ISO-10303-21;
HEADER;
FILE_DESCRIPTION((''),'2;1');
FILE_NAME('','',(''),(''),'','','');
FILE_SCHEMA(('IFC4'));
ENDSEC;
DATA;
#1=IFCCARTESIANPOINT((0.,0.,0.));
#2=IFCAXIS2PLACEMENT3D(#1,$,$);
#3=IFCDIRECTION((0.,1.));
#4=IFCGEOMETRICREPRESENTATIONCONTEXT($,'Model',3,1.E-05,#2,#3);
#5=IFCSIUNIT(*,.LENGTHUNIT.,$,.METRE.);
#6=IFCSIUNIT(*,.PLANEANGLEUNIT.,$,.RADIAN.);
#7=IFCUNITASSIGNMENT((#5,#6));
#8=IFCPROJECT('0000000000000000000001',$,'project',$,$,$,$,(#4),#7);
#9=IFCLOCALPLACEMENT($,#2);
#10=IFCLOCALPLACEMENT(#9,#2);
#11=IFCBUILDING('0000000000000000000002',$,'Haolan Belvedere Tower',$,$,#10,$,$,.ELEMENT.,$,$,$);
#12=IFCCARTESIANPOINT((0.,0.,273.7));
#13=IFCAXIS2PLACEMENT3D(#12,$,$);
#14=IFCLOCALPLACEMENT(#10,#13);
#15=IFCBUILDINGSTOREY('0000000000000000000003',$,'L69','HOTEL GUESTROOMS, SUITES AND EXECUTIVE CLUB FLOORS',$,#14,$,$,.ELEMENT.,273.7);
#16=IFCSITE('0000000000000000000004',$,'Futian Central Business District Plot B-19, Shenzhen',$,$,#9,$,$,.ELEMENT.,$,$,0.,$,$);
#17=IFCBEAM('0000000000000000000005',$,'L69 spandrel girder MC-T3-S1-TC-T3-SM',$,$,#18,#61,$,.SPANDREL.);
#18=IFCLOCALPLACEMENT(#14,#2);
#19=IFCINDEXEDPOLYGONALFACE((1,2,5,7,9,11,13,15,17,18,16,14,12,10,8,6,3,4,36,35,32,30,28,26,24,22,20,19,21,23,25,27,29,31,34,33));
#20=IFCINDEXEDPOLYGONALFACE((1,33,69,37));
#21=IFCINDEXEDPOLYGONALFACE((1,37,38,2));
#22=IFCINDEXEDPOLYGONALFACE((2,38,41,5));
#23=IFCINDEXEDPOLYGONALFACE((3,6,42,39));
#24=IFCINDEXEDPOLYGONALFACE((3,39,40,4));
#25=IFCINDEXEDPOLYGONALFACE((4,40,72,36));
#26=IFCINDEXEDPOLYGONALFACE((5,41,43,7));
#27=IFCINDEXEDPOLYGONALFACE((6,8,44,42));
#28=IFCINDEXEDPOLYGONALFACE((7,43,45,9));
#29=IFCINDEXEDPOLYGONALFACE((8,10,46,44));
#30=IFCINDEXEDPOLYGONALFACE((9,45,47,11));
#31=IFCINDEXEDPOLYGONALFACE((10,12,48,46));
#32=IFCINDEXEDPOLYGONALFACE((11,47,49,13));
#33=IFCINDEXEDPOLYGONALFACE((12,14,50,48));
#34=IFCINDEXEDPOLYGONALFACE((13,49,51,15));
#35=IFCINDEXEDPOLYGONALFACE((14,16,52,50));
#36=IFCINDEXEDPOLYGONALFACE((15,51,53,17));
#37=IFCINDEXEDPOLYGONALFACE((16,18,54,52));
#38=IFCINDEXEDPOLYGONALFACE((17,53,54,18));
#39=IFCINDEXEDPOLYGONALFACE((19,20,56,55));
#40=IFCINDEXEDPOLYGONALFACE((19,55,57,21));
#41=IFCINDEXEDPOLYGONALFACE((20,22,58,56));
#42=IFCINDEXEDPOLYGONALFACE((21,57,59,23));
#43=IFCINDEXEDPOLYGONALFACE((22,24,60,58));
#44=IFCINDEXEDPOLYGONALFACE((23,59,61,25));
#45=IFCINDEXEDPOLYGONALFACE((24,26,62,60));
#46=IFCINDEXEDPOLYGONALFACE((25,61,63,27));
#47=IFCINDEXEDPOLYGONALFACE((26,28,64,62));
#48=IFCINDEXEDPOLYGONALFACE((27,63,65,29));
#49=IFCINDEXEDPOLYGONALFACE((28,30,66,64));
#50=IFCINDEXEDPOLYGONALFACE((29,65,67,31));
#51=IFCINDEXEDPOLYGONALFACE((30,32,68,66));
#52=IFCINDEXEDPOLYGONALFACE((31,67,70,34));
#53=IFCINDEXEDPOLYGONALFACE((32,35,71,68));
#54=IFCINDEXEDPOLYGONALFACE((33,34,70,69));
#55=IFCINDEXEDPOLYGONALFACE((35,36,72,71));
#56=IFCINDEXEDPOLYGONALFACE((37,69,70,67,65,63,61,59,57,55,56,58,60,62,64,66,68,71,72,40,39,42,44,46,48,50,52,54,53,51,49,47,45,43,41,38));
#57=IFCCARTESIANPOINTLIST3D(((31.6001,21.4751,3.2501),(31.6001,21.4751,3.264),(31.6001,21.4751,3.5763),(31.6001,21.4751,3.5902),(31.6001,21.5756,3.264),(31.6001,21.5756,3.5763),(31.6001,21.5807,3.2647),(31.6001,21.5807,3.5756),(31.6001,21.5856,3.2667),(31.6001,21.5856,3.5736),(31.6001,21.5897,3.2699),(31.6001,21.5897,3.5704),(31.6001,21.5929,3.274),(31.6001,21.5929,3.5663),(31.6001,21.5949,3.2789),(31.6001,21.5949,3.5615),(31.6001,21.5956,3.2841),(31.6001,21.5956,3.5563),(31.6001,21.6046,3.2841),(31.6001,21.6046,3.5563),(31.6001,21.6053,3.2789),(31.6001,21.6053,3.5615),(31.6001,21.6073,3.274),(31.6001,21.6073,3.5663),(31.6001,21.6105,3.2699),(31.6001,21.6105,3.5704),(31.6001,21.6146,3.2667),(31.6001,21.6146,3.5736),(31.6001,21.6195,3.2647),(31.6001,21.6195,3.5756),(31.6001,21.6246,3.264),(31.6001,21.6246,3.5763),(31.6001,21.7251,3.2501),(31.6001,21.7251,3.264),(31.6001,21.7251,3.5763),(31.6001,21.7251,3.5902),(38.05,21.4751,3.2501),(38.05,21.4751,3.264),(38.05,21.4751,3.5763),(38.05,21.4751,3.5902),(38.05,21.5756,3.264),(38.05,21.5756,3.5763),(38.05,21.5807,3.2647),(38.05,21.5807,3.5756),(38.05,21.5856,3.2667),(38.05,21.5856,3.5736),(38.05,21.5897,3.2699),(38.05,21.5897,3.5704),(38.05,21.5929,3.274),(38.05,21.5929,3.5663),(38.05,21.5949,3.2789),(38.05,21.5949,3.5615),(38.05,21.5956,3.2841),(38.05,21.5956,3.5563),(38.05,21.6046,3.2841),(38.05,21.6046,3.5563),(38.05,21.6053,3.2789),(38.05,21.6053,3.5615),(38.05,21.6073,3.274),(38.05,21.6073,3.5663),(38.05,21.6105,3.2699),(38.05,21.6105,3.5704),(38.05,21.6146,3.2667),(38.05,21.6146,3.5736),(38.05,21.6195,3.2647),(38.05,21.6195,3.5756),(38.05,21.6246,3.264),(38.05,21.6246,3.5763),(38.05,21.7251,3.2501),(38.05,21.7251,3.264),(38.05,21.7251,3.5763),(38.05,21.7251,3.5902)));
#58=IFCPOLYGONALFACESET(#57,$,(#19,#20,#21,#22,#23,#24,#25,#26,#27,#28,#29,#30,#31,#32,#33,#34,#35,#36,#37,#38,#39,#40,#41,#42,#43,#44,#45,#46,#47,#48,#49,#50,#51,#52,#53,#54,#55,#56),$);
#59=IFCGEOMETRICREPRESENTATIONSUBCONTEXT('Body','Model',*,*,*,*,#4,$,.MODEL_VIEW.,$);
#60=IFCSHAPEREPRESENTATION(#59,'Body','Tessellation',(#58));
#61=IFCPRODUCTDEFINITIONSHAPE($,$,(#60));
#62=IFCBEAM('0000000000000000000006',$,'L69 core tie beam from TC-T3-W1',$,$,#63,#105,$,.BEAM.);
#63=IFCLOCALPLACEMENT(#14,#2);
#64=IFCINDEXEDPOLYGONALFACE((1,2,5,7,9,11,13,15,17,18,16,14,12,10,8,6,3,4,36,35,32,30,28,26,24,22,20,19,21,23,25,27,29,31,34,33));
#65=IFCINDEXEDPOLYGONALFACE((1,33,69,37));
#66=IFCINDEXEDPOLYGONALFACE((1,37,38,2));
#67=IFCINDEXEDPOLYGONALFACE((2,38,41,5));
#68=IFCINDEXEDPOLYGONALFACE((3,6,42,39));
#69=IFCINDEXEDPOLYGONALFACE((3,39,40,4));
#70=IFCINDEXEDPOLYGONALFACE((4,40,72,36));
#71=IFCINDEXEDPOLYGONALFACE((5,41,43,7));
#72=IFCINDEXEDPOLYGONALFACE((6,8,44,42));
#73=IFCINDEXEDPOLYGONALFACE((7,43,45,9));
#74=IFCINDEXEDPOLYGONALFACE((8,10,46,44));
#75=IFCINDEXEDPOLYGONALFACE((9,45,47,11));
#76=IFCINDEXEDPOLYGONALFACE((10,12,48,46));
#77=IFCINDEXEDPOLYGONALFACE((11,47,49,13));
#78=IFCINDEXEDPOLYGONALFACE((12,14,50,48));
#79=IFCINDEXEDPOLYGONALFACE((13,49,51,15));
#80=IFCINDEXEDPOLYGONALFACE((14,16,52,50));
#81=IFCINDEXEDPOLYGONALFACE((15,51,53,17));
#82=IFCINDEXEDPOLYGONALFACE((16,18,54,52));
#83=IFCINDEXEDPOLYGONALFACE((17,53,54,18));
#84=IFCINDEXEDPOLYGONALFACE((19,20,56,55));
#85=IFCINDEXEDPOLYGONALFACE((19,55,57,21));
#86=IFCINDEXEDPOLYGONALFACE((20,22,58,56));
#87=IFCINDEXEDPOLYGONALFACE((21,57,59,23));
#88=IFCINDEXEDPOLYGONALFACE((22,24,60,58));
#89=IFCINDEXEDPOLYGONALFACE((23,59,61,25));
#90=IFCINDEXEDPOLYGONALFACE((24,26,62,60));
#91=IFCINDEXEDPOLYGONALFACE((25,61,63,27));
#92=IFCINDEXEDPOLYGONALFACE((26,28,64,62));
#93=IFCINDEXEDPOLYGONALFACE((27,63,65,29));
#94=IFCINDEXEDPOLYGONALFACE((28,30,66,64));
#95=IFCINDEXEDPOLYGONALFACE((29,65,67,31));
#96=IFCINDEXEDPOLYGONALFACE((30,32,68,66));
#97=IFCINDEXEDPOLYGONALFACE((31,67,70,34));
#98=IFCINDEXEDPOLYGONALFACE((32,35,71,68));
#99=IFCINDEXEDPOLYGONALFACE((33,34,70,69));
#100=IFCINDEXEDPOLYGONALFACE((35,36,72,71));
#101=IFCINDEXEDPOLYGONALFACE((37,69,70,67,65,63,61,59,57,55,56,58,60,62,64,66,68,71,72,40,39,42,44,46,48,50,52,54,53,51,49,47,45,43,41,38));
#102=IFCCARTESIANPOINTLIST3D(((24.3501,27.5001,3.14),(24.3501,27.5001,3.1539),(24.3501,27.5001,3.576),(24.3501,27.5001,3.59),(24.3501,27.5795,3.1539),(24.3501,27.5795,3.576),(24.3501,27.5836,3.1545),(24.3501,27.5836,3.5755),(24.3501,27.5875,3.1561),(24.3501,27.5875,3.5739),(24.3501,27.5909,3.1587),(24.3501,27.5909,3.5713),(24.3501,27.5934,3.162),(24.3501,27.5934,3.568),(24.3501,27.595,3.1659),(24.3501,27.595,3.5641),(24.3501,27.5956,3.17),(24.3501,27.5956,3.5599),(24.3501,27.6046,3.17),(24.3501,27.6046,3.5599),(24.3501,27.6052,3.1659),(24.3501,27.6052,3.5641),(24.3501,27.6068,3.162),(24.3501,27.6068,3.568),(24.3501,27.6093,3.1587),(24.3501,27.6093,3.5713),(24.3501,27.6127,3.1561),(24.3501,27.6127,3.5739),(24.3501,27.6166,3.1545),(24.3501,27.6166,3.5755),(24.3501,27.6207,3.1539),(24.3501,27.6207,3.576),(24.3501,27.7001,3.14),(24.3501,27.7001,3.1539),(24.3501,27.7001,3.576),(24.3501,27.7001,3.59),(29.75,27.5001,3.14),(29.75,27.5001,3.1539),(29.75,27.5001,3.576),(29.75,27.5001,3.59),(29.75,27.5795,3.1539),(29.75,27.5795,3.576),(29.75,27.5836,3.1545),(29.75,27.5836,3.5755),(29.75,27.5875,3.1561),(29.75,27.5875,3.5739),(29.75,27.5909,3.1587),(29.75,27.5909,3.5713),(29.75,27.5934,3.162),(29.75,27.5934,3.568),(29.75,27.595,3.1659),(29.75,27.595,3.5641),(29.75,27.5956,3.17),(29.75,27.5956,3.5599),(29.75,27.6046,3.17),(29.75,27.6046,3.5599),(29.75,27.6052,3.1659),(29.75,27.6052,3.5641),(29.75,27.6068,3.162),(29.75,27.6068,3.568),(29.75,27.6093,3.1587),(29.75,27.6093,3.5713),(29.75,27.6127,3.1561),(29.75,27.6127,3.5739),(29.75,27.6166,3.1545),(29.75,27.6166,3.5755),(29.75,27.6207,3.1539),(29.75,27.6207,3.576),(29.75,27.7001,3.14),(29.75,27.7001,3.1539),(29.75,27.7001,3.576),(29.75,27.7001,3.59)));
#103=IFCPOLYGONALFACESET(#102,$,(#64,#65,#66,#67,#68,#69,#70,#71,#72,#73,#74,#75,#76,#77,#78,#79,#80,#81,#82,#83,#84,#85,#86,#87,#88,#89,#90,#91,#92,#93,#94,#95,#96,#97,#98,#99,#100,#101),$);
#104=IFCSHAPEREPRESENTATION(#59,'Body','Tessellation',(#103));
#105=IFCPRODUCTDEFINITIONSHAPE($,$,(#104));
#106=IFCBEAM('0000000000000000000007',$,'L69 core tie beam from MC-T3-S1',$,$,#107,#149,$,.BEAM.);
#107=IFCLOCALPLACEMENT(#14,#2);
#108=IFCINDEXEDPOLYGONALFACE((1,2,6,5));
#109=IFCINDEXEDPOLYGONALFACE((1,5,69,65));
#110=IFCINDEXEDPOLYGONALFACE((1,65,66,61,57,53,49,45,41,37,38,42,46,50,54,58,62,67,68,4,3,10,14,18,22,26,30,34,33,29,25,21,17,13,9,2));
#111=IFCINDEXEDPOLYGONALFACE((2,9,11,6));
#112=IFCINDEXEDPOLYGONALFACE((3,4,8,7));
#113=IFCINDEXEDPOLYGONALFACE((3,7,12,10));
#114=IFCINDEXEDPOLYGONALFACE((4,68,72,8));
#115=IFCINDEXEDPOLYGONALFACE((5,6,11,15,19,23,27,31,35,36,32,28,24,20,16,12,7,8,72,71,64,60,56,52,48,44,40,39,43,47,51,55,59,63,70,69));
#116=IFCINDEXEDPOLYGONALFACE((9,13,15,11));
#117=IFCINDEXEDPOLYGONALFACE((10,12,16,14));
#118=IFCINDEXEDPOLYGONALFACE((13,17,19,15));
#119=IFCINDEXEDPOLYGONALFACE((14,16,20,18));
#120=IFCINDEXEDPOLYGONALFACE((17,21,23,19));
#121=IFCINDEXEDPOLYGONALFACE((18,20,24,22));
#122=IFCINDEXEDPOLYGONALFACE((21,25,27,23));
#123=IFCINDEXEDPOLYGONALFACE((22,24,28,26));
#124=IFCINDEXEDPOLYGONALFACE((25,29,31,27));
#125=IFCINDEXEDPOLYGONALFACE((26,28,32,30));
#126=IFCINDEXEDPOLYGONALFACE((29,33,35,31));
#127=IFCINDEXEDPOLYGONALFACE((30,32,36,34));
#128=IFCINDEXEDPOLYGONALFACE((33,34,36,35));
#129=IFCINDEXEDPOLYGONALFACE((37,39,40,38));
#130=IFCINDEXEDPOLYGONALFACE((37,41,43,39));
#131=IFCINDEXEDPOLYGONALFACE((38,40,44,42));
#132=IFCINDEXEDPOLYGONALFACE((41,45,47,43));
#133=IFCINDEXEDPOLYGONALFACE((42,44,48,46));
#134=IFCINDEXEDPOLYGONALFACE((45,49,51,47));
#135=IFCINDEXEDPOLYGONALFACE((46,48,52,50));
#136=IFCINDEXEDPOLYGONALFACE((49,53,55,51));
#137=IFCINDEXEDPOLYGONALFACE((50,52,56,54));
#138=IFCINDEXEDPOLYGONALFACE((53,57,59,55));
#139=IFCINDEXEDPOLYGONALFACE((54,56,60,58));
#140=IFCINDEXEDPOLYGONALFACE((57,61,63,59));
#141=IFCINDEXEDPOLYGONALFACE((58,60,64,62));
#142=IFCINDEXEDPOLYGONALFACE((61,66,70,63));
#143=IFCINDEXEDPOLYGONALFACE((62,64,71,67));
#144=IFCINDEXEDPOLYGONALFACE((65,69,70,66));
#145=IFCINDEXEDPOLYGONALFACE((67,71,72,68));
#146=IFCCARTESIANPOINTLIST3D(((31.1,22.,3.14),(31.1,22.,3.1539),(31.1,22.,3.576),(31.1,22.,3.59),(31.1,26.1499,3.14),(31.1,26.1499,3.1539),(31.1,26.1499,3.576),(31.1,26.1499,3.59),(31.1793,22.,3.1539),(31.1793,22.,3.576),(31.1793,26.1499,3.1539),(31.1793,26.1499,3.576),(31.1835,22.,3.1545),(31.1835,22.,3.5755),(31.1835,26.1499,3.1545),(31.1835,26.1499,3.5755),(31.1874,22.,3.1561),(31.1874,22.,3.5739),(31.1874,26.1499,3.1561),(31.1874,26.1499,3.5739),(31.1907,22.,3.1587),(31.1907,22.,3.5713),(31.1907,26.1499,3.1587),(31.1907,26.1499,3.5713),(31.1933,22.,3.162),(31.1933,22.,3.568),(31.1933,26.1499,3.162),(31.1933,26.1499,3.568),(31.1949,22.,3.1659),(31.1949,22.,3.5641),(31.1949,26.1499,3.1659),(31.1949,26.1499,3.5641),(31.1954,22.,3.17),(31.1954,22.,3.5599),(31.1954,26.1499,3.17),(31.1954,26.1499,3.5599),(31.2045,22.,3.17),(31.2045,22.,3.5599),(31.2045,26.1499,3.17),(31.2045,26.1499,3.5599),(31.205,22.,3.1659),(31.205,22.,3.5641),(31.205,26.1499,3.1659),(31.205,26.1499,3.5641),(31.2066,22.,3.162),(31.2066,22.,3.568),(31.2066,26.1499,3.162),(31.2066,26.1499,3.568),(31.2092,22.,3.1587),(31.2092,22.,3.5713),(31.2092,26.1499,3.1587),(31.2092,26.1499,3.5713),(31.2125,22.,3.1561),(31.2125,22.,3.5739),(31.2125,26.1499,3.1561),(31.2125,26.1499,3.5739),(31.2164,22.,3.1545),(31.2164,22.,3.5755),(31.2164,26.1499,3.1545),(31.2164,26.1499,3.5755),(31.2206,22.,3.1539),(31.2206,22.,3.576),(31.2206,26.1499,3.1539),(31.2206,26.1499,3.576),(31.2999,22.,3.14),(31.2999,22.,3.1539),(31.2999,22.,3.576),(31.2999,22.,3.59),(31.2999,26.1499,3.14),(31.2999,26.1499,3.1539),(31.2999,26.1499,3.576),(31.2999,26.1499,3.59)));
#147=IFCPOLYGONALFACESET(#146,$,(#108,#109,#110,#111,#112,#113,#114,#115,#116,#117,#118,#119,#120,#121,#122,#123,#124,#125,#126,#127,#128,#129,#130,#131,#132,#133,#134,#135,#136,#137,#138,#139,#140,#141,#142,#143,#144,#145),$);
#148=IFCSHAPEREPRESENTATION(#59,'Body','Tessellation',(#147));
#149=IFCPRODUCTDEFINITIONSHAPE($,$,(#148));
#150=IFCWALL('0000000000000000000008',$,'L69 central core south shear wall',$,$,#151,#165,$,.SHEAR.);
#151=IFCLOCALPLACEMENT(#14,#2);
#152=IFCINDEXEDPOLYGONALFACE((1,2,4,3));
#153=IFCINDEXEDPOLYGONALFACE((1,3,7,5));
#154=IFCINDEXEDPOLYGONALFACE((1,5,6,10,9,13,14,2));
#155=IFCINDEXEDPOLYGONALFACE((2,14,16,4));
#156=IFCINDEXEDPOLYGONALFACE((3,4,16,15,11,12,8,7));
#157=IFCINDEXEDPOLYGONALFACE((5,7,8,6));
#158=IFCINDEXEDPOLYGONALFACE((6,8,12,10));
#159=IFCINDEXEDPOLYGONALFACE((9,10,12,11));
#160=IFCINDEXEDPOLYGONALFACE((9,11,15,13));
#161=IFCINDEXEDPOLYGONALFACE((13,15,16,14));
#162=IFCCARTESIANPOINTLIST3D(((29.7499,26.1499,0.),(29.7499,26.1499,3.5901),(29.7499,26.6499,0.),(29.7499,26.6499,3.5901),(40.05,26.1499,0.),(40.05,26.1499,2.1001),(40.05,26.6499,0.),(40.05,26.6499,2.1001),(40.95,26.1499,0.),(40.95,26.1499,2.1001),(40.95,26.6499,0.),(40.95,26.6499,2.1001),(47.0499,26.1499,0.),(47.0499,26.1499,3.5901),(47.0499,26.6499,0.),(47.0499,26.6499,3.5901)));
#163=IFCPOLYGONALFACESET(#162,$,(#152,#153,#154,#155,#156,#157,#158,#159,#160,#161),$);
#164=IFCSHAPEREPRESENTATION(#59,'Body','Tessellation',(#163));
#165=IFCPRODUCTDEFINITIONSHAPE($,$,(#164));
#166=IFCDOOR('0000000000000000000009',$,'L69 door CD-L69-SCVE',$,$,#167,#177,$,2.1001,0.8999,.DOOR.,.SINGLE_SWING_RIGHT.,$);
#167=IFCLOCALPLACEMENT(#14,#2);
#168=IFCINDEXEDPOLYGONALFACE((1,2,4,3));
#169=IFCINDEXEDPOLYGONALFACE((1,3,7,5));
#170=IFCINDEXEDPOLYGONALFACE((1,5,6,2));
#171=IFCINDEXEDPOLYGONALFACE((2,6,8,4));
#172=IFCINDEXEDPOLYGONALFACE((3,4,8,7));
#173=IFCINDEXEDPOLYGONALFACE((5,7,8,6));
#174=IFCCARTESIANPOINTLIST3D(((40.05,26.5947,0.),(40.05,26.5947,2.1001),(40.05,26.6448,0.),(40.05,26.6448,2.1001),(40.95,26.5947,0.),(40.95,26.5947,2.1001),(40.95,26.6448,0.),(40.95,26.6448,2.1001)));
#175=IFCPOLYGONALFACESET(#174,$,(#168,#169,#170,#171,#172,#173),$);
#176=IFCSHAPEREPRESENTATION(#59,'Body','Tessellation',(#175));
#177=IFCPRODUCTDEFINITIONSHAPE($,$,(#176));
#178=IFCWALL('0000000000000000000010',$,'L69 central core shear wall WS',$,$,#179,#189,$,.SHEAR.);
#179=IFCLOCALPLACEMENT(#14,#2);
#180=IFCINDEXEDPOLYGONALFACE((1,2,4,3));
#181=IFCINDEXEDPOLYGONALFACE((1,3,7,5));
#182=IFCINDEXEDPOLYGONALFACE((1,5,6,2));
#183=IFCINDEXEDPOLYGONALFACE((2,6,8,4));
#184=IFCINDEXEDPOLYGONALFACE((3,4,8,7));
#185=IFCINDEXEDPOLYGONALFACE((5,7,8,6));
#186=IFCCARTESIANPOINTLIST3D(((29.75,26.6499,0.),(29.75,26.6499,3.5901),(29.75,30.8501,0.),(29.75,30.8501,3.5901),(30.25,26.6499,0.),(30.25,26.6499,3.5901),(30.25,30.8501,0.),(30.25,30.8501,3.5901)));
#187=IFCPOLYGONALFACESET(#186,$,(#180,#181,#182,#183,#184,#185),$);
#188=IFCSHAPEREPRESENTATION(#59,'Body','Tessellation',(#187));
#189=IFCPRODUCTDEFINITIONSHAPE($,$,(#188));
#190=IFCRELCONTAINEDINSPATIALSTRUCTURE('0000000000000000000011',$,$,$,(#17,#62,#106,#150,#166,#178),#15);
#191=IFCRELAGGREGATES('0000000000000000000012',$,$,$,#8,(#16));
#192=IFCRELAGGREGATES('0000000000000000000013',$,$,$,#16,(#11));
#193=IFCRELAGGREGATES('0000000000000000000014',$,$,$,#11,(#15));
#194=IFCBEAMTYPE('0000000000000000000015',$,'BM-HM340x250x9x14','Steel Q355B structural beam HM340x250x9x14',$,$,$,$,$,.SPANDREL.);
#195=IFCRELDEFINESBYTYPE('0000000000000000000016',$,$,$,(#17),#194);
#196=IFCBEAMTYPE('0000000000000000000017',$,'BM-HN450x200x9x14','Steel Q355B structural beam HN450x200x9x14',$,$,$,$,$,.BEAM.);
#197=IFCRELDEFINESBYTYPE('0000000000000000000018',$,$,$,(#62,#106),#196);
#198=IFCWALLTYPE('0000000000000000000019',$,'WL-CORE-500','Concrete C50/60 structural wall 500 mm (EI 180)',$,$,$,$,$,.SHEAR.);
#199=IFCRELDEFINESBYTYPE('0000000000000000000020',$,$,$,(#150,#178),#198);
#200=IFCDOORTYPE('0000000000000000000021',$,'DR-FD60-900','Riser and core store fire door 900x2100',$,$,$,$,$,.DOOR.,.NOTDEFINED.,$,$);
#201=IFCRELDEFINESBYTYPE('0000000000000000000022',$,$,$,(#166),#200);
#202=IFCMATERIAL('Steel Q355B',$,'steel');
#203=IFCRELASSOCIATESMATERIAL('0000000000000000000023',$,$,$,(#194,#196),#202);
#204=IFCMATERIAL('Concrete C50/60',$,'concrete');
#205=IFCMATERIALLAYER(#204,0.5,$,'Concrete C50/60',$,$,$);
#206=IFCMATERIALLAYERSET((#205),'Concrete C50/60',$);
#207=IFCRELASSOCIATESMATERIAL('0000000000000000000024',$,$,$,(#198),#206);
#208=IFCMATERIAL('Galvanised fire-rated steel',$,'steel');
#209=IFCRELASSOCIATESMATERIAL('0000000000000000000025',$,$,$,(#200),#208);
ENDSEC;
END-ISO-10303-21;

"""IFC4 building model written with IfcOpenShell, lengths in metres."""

from ifc_helpers import new_model, si_unit, direction, frame, frame_2d, origin, origin_2d, place, context, subcontext, project, spatial, rectangle, i_section, extrude, material, layer, layer_set, material_profile, profile_set, type_object, element, fill, save


model = new_model("IFC4")

# Units and contexts
model_context = context("Model", 3, precision=1e-05, world=origin(), true_north=direction((0.0, 1.0)))
body_context = subcontext(model_context, "Body", "Model", "MODEL_VIEW")
ifc_project = project(units=[si_unit("LENGTHUNIT", "METRE"), si_unit("PLANEANGLEUNIT", "RADIAN")], contexts=[model_context])

# Site, building, storey
site_placement = place(None, origin())
site = spatial("IfcSite", under=ifc_project, at=site_placement, Name="Futian Central Business District Plot B-19, Shenzhen", CompositionType="ELEMENT", RefElevation=0.0)
building_placement = place(site_placement, origin())
building = spatial("IfcBuilding", under=site, at=building_placement, Name="Haolan Belvedere Tower", CompositionType="ELEMENT")
storey_placement = place(building_placement, frame((0.0, 0.0, 273.7)))
storey = spatial("IfcBuildingStorey", under=building, at=storey_placement, Name="L69", Description="HOTEL GUESTROOMS, SUITES AND EXECUTIVE CLUB FLOORS", CompositionType="ELEMENT", Elevation=273.7)

# Beams
ifc_material_1 = material(Name="Steel Q355B", Category="steel")
ifc_material_profile_1 = material_profile(ifc_material_1, i_section(OverallWidth=0.25, OverallDepth=0.3401, WebThickness=0.009, FlangeThickness=0.0139, FilletRadius=0.02, at=origin_2d()), Name="Steel Q355B")
ifc_profile_set_1 = profile_set([ifc_material_profile_1], Name="Steel Q355B")
beam_type_1 = type_object("IfcBeamType", Name="BM-HM340x250x9x14", Description="Steel Q355B structural beam HM340x250x9x14", PredefinedType="SPANDREL", material=ifc_profile_set_1)
beam_1_placement = place(storey_placement, frame((31.6001, 21.6001, 3.4202), z_axis=(1.0, 0.0, 0.0), x_axis=(0.0, 1.0, 0.0)))
element("IfcBeam", 1, at=beam_1_placement, inside=storey, type_object=beam_type_1, Name="L69 spandrel girder MC-T3-S1-TC-T3-SM", PredefinedType="SPANDREL", context=body_context, shape_type="SweptSolid", body=[
    extrude(i_section(OverallWidth=0.25, OverallDepth=0.3401, WebThickness=0.009, FlangeThickness=0.0139, FilletRadius=0.02, at=origin_2d()), origin(), (0.0, 0.0, 1.0), 6.45),
])
ifc_material_profile_2 = material_profile(ifc_material_1, i_section(OverallWidth=0.2, OverallDepth=0.45, WebThickness=0.009, FlangeThickness=0.0139, FilletRadius=0.0161, at=origin_2d()), Name="Steel Q355B")
ifc_profile_set_2 = profile_set([ifc_material_profile_2], Name="Steel Q355B")
beam_type_2 = type_object("IfcBeamType", Name="BM-HN450x200x9x14", Description="Steel Q355B structural beam HN450x200x9x14", PredefinedType="BEAM", material=ifc_profile_set_2)
beam_2_placement = place(storey_placement, frame((24.3501, 27.6001, 3.365), z_axis=(1.0, 0.0, 0.0), x_axis=(0.0, 1.0, 0.0)))
element("IfcBeam", 2, at=beam_2_placement, inside=storey, type_object=beam_type_2, Name="L69 core tie beam from TC-T3-W1", PredefinedType="BEAM", context=body_context, shape_type="SweptSolid", body=[
    extrude(i_section(OverallWidth=0.2, OverallDepth=0.45, WebThickness=0.009, FlangeThickness=0.0139, FilletRadius=0.0161, at=origin_2d()), origin(), (0.0, 0.0, 1.0), 5.3999),
])
beam_3_placement = place(storey_placement, frame((31.2, 22.0, 3.365), z_axis=(0.0, 1.0, 0.0), x_axis=(-1.0, 0.0, 0.0)))
element("IfcBeam", 3, at=beam_3_placement, inside=storey, type_object=beam_type_2, Name="L69 core tie beam from MC-T3-S1", PredefinedType="BEAM", context=body_context, shape_type="SweptSolid", body=[
    extrude(i_section(OverallWidth=0.2, OverallDepth=0.45, WebThickness=0.009, FlangeThickness=0.0139, FilletRadius=0.0161, at=origin_2d()), origin(), (0.0, 0.0, 1.0), 4.1499),
])

# Wall, opening, door
ifc_material_2 = material(Name="Concrete C50/60", Category="concrete")
ifc_layer_1 = layer(ifc_material_2, 0.5, Name="Concrete C50/60")
ifc_layer_set_1 = layer_set([ifc_layer_1], Name="Concrete C50/60")
wall_type_1 = type_object("IfcWallType", Name="WL-CORE-500", Description="Concrete C50/60 structural wall 500 mm (EI 180)", PredefinedType="SHEAR", material=ifc_layer_set_1)
wall_1_placement = place(storey_placement, frame((29.75, 26.3999, 0.0), z_axis=(0.0, 0.0, 1.0), x_axis=(1.0, 0.0, 0.0)))
wall_1 = element("IfcWall", 4, at=wall_1_placement, inside=storey, type_object=wall_type_1, Name="L69 central core south shear wall", PredefinedType="SHEAR", context=body_context, shape_type="SweptSolid", body=[
    extrude(rectangle(XDim=17.3, YDim=0.5, at=frame_2d((8.6499, 0.0))), origin(), (0.0, 0.0, 1.0), 3.5901),
])
opening_1_placement = place(wall_1_placement, frame((11.2, 0.0, 0.0), z_axis=(0.0, 0.0, 1.0), x_axis=(-1.0, 0.0, 0.0)))
opening_1 = element("IfcOpeningElement", 5, at=opening_1_placement, cuts=wall_1, PredefinedType="OPENING", context=body_context, shape_type="SweptSolid", body=[
    extrude(rectangle(XDim=0.8999, YDim=2.1001, at=frame_2d((0.45, 1.05))), frame((0.0, 0.26, 0.0), z_axis=(0.0, -1.0, 0.0), x_axis=(1.0, 0.0, 0.0)), (0.0, 0.0, 1.0), 0.52),
])
ifc_material_3 = material(Name="Galvanised fire-rated steel", Category="steel")
door_type_1 = type_object("IfcDoorType", Name="DR-FD60-900", Description="Riser and core store fire door 900x2100", OperationType="NOTDEFINED", PredefinedType="DOOR", material=ifc_material_3)
door_1_placement = place(opening_1_placement, origin())
door_1 = element("IfcDoor", 6, at=door_1_placement, inside=storey, type_object=door_type_1, Name="L69 door CD-L69-SCVE", OperationType="SINGLE_SWING_RIGHT", OverallHeight=2.1001, OverallWidth=0.8999, PredefinedType="DOOR", context=body_context, shape_type="SweptSolid", body=[
    extrude(rectangle(XDim=0.8999, YDim=2.1001, at=frame_2d((0.45, 1.05))), frame((0.0, -0.1948, 0.0), z_axis=(0.0, -1.0, 0.0), x_axis=(1.0, 0.0, 0.0)), (0.0, 0.0, 1.0), 0.05),
])
fill(opening_1, door_1)

# Wall
wall_2_placement = place(storey_placement, frame((30.0, 26.6499, 0.0), z_axis=(0.0, 0.0, 1.0), x_axis=(0.0, 1.0, 0.0)))
element("IfcWall", 7, at=wall_2_placement, inside=storey, type_object=wall_type_1, Name="L69 central core shear wall WS", PredefinedType="SHEAR", context=body_context, shape_type="SweptSolid", body=[
    extrude(rectangle(XDim=4.2002, YDim=0.5, at=frame_2d((2.1001, 0.0))), origin(), (0.0, 0.0, 1.0), 3.5901),
])

save(model, "model.ifc")
